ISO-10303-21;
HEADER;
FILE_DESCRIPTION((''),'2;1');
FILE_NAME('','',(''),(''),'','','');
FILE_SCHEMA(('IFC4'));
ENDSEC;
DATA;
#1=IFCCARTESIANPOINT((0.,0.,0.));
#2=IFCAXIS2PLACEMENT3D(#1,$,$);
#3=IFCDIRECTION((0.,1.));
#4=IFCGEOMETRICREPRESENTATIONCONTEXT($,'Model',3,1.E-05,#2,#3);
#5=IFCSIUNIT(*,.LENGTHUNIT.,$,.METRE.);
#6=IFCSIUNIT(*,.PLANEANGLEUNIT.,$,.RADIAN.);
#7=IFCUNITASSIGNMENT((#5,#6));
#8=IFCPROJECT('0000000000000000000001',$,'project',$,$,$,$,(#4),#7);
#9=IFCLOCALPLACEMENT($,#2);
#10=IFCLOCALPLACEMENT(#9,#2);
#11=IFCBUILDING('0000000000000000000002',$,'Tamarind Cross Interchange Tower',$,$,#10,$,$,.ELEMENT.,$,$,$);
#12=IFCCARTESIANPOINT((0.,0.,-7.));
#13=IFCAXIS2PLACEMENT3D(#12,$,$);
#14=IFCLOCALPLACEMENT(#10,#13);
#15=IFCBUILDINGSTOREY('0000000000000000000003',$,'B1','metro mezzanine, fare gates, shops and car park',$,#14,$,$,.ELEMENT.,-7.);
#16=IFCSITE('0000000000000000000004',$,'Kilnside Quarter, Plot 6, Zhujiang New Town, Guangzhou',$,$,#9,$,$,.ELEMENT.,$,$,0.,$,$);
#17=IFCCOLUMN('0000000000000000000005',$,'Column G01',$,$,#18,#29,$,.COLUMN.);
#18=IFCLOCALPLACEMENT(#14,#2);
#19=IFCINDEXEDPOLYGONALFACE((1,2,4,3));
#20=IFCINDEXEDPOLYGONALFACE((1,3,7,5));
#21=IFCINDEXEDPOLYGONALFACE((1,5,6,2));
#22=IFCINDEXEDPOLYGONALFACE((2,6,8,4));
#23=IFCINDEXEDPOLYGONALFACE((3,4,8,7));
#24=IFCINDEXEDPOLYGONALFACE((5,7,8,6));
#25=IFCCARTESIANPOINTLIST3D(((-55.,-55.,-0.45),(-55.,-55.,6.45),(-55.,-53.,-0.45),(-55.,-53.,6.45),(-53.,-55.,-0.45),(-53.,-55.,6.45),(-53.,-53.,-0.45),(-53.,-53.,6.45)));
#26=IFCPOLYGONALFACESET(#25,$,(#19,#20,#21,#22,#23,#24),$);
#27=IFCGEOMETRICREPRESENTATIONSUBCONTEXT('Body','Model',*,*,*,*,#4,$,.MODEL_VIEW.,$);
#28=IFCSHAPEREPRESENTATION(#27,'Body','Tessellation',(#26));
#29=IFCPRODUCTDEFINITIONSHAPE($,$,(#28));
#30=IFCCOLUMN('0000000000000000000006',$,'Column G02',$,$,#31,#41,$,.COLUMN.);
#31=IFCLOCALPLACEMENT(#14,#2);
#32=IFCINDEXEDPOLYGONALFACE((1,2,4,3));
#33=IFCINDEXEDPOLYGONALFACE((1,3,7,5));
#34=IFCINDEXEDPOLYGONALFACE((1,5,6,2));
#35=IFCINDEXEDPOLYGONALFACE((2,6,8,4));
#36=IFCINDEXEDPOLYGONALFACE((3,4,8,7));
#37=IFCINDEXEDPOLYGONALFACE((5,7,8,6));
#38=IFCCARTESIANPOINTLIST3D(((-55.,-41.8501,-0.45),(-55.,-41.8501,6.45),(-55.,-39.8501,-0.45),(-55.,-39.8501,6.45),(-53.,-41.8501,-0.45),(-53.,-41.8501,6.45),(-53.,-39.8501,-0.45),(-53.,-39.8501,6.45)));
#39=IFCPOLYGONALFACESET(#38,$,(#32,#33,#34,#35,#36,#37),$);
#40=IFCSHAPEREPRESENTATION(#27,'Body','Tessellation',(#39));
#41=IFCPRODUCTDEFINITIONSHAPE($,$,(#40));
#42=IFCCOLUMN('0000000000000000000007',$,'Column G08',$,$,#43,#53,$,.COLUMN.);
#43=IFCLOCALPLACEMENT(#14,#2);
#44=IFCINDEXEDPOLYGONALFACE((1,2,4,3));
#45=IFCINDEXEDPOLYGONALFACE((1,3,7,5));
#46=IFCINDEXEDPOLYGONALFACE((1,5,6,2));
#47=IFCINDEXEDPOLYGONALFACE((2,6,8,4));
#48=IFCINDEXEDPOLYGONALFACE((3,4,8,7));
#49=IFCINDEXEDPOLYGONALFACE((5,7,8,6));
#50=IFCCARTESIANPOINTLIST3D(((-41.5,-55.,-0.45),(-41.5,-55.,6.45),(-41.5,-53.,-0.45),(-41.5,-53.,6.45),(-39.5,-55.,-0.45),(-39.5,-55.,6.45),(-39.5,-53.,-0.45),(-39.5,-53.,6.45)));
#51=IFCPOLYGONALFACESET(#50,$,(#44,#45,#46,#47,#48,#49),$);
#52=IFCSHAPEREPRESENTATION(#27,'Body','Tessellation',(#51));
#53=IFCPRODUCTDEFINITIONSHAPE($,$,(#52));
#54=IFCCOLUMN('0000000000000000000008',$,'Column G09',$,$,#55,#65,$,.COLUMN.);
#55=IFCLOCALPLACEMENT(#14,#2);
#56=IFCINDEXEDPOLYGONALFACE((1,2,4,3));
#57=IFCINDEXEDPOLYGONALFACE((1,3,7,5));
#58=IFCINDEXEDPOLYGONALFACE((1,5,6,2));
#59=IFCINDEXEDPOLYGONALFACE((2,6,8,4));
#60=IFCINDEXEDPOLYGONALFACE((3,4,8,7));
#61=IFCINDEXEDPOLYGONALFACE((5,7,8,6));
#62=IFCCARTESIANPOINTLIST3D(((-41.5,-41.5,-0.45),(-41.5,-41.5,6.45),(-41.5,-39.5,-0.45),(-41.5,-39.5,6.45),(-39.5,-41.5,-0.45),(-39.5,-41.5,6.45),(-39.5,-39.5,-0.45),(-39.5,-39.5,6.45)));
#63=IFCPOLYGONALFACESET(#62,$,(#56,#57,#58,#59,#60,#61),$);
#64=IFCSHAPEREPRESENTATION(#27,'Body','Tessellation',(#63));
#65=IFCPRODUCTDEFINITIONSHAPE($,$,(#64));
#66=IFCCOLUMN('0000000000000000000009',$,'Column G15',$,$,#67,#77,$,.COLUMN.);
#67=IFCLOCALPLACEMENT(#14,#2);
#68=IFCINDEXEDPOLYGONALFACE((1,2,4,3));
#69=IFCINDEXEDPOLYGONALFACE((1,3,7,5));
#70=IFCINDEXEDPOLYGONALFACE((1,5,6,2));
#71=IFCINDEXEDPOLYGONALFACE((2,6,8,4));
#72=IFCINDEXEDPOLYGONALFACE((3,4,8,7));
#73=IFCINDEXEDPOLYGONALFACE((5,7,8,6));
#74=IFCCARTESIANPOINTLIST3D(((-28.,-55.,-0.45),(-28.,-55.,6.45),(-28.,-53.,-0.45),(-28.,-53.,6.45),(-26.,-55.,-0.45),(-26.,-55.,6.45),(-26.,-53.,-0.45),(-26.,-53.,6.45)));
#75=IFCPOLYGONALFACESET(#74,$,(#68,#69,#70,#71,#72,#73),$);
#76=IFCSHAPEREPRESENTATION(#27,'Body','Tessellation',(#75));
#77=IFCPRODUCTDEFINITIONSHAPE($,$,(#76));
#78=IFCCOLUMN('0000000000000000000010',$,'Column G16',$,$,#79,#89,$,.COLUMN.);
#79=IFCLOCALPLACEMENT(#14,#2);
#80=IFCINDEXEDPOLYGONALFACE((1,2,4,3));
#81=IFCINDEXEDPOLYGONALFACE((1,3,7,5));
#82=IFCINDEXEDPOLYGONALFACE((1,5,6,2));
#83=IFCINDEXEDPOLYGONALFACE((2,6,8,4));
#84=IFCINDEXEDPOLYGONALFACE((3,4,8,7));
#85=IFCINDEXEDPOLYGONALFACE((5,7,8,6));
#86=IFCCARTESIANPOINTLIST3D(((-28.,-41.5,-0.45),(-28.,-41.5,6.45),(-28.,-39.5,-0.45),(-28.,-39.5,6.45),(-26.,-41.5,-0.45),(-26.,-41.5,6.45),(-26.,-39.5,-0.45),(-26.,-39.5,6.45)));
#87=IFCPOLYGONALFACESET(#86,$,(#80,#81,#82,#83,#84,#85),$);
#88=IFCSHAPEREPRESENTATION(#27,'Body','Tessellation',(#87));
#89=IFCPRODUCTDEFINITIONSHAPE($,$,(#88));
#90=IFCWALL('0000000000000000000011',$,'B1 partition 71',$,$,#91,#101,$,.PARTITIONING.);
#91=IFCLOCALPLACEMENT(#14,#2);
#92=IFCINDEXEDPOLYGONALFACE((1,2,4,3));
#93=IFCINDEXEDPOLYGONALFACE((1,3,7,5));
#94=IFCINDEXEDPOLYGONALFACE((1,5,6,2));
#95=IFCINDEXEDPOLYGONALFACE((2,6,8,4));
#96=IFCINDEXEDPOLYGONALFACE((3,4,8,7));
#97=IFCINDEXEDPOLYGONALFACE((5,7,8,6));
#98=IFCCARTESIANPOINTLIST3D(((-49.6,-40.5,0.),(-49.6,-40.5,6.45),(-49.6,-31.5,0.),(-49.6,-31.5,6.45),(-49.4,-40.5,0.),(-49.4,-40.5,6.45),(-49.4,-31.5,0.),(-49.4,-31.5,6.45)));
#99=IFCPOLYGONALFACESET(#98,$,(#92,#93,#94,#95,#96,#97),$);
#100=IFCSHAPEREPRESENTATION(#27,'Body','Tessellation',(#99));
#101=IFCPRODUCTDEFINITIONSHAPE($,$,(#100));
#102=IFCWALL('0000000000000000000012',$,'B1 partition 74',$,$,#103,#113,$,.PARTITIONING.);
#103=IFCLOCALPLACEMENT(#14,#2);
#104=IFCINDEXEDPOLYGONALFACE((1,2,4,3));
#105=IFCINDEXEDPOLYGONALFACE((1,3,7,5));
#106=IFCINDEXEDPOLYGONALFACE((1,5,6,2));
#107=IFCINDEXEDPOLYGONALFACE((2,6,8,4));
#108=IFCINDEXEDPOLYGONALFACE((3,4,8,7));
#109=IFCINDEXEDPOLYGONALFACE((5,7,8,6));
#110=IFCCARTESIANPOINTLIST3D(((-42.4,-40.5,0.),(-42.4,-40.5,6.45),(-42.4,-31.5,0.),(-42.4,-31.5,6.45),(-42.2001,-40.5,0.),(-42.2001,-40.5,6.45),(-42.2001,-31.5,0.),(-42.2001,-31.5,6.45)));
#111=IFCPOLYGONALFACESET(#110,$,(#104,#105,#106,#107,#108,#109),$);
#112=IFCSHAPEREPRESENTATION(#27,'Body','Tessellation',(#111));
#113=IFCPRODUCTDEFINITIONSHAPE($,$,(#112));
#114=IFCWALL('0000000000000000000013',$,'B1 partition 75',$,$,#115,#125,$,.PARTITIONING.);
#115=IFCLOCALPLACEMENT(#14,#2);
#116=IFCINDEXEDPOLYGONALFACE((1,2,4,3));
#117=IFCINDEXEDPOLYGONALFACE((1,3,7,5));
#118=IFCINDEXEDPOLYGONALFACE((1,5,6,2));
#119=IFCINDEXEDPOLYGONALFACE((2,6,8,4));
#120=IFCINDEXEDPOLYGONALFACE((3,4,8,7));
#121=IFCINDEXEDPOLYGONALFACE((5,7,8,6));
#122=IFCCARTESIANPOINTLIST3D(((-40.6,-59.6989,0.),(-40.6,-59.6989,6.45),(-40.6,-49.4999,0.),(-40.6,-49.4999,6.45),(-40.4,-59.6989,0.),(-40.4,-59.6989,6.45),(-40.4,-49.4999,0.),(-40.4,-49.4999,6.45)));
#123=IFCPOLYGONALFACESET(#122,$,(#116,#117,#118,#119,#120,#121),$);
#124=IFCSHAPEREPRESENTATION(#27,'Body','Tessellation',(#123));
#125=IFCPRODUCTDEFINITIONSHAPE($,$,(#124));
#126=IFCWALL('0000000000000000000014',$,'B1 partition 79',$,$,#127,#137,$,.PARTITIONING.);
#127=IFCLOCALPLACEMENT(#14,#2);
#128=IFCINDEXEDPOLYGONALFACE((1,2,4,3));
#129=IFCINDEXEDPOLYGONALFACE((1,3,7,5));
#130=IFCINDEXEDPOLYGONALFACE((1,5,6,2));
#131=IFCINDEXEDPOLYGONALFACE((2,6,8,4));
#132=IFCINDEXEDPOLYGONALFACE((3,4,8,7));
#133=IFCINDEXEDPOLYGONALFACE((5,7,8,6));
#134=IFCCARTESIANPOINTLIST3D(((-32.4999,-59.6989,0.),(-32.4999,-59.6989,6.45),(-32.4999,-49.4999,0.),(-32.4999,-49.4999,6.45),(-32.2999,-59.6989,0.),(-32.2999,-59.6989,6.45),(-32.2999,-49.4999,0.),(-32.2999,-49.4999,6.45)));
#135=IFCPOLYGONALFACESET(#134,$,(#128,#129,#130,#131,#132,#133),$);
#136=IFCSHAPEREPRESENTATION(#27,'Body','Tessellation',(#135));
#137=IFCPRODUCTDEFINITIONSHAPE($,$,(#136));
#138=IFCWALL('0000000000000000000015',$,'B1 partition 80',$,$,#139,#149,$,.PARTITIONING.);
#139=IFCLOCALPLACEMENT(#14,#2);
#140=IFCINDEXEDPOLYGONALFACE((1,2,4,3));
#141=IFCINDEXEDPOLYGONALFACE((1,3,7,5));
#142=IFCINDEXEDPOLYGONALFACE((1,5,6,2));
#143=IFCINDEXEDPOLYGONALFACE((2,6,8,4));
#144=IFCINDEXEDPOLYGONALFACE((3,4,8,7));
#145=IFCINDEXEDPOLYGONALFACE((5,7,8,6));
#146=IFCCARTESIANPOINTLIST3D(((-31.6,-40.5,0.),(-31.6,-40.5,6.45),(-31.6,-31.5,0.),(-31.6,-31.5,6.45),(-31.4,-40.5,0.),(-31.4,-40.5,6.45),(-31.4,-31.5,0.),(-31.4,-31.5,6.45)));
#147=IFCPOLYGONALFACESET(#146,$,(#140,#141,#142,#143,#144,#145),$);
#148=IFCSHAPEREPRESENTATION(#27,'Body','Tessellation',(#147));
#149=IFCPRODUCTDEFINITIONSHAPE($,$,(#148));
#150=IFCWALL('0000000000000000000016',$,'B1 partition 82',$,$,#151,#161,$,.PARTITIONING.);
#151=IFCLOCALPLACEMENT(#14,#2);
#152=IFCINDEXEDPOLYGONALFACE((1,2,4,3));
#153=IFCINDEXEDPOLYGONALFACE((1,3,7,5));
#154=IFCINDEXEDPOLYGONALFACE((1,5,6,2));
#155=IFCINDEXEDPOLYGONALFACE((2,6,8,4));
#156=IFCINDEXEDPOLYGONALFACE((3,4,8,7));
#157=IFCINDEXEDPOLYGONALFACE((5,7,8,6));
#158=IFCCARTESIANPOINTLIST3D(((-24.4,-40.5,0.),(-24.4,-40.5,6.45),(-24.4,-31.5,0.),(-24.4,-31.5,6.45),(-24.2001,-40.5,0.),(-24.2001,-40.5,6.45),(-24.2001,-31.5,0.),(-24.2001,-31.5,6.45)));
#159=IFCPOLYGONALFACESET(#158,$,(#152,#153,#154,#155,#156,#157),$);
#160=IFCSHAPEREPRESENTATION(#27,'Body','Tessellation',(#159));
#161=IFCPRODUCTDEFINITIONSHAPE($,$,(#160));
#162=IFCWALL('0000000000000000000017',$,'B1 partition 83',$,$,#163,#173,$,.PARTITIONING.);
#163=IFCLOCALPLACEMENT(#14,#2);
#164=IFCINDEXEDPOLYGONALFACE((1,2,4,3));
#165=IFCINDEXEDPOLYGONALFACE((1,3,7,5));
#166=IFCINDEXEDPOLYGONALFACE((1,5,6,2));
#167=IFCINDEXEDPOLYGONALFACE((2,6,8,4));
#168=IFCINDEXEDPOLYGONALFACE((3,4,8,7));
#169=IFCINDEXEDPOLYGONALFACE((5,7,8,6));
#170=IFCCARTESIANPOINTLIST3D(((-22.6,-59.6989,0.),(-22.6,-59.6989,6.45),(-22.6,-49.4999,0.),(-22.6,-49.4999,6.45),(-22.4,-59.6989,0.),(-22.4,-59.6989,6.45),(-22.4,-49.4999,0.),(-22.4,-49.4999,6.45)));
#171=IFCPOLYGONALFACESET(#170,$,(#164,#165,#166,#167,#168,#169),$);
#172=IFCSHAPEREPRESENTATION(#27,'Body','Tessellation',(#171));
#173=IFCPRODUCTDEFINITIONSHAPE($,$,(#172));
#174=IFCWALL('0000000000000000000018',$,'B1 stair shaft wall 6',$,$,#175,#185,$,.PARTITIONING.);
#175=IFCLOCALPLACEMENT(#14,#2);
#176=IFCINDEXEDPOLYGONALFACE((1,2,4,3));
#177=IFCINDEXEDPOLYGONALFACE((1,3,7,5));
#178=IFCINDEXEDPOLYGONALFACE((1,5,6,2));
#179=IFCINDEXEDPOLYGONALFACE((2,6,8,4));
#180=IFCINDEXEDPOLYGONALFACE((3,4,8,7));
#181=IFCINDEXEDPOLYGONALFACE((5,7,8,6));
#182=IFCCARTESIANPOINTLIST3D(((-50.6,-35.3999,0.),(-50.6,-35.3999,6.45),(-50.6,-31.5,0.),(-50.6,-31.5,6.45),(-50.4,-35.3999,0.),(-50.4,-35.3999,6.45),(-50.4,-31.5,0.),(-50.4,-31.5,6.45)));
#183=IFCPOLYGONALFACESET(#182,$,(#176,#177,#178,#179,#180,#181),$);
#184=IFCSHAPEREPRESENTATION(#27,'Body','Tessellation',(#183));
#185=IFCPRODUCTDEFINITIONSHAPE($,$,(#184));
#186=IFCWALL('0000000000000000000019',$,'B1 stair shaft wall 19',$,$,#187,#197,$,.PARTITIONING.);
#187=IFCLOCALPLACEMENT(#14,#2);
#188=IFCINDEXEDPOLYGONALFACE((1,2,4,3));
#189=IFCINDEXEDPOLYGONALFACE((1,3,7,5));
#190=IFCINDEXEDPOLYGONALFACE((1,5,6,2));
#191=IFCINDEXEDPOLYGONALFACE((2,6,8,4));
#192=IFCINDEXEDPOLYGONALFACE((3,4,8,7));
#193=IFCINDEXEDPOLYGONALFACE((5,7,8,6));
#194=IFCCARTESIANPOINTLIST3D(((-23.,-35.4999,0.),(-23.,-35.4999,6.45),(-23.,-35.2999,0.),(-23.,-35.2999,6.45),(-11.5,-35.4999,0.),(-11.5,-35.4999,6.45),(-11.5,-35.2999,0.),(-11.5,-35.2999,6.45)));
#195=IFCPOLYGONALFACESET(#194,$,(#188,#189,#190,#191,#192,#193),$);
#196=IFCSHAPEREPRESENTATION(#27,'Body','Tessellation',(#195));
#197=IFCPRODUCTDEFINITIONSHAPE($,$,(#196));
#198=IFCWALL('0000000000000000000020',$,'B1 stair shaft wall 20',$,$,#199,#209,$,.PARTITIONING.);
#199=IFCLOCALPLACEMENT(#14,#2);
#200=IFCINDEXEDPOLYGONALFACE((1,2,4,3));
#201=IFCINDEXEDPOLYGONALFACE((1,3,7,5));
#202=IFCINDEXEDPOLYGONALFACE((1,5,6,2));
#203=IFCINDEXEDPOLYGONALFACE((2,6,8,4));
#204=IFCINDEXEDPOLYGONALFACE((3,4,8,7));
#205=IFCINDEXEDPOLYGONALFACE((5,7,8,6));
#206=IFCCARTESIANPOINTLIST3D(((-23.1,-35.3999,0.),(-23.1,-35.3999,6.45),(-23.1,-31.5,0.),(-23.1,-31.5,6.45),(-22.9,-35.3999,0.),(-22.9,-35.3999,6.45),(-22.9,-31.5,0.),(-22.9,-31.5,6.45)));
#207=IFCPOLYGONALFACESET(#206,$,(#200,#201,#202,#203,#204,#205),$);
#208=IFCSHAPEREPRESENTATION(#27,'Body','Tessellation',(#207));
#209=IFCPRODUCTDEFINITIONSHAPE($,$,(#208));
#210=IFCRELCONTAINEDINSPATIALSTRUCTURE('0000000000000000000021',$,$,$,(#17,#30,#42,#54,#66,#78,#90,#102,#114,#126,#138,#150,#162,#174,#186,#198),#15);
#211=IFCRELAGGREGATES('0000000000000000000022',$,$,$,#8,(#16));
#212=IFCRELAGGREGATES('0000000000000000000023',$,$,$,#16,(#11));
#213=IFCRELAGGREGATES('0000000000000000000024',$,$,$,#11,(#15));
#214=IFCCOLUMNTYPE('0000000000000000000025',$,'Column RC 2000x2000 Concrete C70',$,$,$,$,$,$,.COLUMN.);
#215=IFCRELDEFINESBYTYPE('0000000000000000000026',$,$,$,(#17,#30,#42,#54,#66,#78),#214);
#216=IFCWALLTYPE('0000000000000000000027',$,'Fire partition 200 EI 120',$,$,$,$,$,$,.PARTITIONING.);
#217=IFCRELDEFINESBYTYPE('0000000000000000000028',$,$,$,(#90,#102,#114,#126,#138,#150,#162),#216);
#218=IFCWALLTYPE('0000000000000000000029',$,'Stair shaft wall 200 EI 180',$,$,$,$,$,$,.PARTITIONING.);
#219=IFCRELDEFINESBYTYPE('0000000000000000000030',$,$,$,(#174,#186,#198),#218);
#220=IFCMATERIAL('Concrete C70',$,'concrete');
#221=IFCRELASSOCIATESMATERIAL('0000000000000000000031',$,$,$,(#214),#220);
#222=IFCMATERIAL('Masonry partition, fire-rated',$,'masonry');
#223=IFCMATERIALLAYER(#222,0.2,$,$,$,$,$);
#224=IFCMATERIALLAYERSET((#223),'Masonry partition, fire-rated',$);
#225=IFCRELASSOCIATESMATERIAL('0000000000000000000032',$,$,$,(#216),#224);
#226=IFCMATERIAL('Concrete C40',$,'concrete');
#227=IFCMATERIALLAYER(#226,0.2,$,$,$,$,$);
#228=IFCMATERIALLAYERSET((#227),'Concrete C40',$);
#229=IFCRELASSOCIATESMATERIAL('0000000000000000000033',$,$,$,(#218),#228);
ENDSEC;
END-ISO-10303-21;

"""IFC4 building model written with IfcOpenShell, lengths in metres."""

from ifc_helpers import new_model, si_unit, direction, frame, frame_2d, origin, origin_2d, place, context, subcontext, project, spatial, rectangle, extrude, material, layer, layer_set, material_profile, profile_set, type_object, element, save


model = new_model("IFC4")

# Units and contexts
model_context = context("Model", 3, precision=1e-05, world=origin(), true_north=direction((0.0, 1.0)))
body_context = subcontext(model_context, "Body", "Model", "MODEL_VIEW")
ifc_project = project(units=[si_unit("LENGTHUNIT", "METRE"), si_unit("PLANEANGLEUNIT", "RADIAN")], contexts=[model_context])

# Site, building, storey
site_placement = place(None, origin())
site = spatial("IfcSite", under=ifc_project, at=site_placement, Name="Kilnside Quarter, Plot 6, Zhujiang New Town, Guangzhou", CompositionType="ELEMENT", RefElevation=0.0)
building_placement = place(site_placement, origin())
building = spatial("IfcBuilding", under=site, at=building_placement, Name="Tamarind Cross Interchange Tower", CompositionType="ELEMENT")
storey_placement = place(building_placement, frame((0.0, 0.0, -7.0)))
storey = spatial("IfcBuildingStorey", under=building, at=storey_placement, Name="B1", Description="metro mezzanine, fare gates, shops and car park", CompositionType="ELEMENT", Elevation=-7.0)

# Columns
ifc_material_1 = material(Name="Concrete C70", Category="concrete")
ifc_material_profile = material_profile(ifc_material_1, rectangle(XDim=2.0, YDim=2.0, at=origin_2d()), Name="RC 2000x2000")
ifc_profile_set = profile_set([ifc_material_profile], Name="Concrete C70")
column_type = type_object("IfcColumnType", Name="Column RC 2000x2000 Concrete C70", PredefinedType="COLUMN", material=ifc_profile_set)
for number, where, z_axis, x_axis, name in (
    (1, (-54.0, -54.0, -0.45), (0.0, 0.0, 1.0), (1.0, 0.0, 0.0), "Column G01"),
    (2, (-54.0, -40.8501, -0.45), (0.0, 0.0, 1.0), (1.0, 0.0, 0.0), "Column G02"),
    (3, (-40.5, -54.0, -0.45), (0.0, 0.0, 1.0), (1.0, 0.0, 0.0), "Column G08"),
    (4, (-40.5, -40.5, -0.45), (0.0, 0.0, 1.0), (1.0, 0.0, 0.0), "Column G09"),
    (5, (-27.0, -54.0, -0.45), (0.0, 0.0, 1.0), (1.0, 0.0, 0.0), "Column G15"),
    (6, (-27.0, -40.5, -0.45), (0.0, 0.0, 1.0), (1.0, 0.0, 0.0), "Column G16"),
):
    element("IfcColumn", number, at=place(storey_placement, frame(where, z_axis=z_axis, x_axis=x_axis)), inside=storey, type_object=column_type, Name=name, PredefinedType="COLUMN", context=body_context, shape_type="SweptSolid", body=[
        extrude(rectangle(XDim=2.0, YDim=2.0, at=origin_2d()), origin(), (0.0, 0.0, 1.0), 6.8999),
    ])

# Walls
ifc_material_2 = material(Name="Masonry partition, fire-rated", Category="masonry")
ifc_layer_1 = layer(ifc_material_2, 0.2)
ifc_layer_set_1 = layer_set([ifc_layer_1], Name="Masonry partition, fire-rated")
wall_type_1 = type_object("IfcWallType", Name="Fire partition 200 EI 120", PredefinedType="PARTITIONING", material=ifc_layer_set_1)
for number, where, z_axis, x_axis, name in (
    (7, (-49.5, -40.5, 0.0), (0.0, 0.0, 1.0), (0.0, 1.0, 0.0), "B1 partition 71"),
    (8, (-42.3, -40.5, 0.0), (0.0, 0.0, 1.0), (0.0, 1.0, 0.0), "B1 partition 74"),
):
    element("IfcWall", number, at=place(storey_placement, frame(where, z_axis=z_axis, x_axis=x_axis)), inside=storey, type_object=wall_type_1, Name=name, PredefinedType="PARTITIONING", context=body_context, shape_type="SweptSolid", body=[
        extrude(rectangle(XDim=9.0, YDim=0.2, at=frame_2d((4.5, 0.0))), origin(), (0.0, 0.0, 1.0), 6.45),
    ])
for number, where, z_axis, x_axis, name in (
    (9, (-40.5, -59.699, 0.0), (0.0, 0.0, 1.0), (0.0, 1.0, 0.0), "B1 partition 75"),
    (10, (-32.3999, -59.699, 0.0), (0.0, 0.0, 1.0), (0.0, 1.0, 0.0), "B1 partition 79"),
):
    element("IfcWall", number, at=place(storey_placement, frame(where, z_axis=z_axis, x_axis=x_axis)), inside=storey, type_object=wall_type_1, Name=name, PredefinedType="PARTITIONING", context=body_context, shape_type="SweptSolid", body=[
        extrude(rectangle(XDim=10.199, YDim=0.2, at=frame_2d((5.0996, 0.0))), origin(), (0.0, 0.0, 1.0), 6.45),
    ])
for number, where, z_axis, x_axis, name in (
    (11, (-31.5, -40.5, 0.0), (0.0, 0.0, 1.0), (0.0, 1.0, 0.0), "B1 partition 80"),
    (12, (-24.3, -40.5, 0.0), (0.0, 0.0, 1.0), (0.0, 1.0, 0.0), "B1 partition 82"),
):
    element("IfcWall", number, at=place(storey_placement, frame(where, z_axis=z_axis, x_axis=x_axis)), inside=storey, type_object=wall_type_1, Name=name, PredefinedType="PARTITIONING", context=body_context, shape_type="SweptSolid", body=[
        extrude(rectangle(XDim=9.0, YDim=0.2, at=frame_2d((4.5, 0.0))), origin(), (0.0, 0.0, 1.0), 6.45),
    ])
wall_1_placement = place(storey_placement, frame((-22.5, -59.699, 0.0), z_axis=(0.0, 0.0, 1.0), x_axis=(0.0, 1.0, 0.0)))
element("IfcWall", 13, at=wall_1_placement, inside=storey, type_object=wall_type_1, Name="B1 partition 83", PredefinedType="PARTITIONING", context=body_context, shape_type="SweptSolid", body=[
    extrude(rectangle(XDim=10.199, YDim=0.2, at=frame_2d((5.0996, 0.0))), origin(), (0.0, 0.0, 1.0), 6.45),
])
ifc_material_3 = material(Name="Concrete C40", Category="concrete")
ifc_layer_2 = layer(ifc_material_3, 0.2)
ifc_layer_set_2 = layer_set([ifc_layer_2], Name="Concrete C40")
wall_type_2 = type_object("IfcWallType", Name="Stair shaft wall 200 EI 180", PredefinedType="PARTITIONING", material=ifc_layer_set_2)
wall_2_placement = place(storey_placement, frame((-50.5, -35.3999, 0.0), z_axis=(0.0, 0.0, 1.0), x_axis=(0.0, 1.0, 0.0)))
element("IfcWall", 14, at=wall_2_placement, inside=storey, type_object=wall_type_2, Name="B1 stair shaft wall 6", PredefinedType="PARTITIONING", context=body_context, shape_type="SweptSolid", body=[
    extrude(rectangle(XDim=3.8999, YDim=0.2, at=frame_2d((1.95, 0.0))), origin(), (0.0, 0.0, 1.0), 6.45),
])
wall_3_placement = place(storey_placement, frame((-23.0, -35.3999, 0.0), z_axis=(0.0, 0.0, 1.0), x_axis=(1.0, 0.0, 0.0)))
element("IfcWall", 15, at=wall_3_placement, inside=storey, type_object=wall_type_2, Name="B1 stair shaft wall 19", PredefinedType="PARTITIONING", context=body_context, shape_type="SweptSolid", body=[
    extrude(rectangle(XDim=11.5, YDim=0.2, at=frame_2d((5.75, 0.0))), origin(), (0.0, 0.0, 1.0), 6.45),
])
wall_4_placement = place(storey_placement, frame((-23.0, -35.3999, 0.0), z_axis=(0.0, 0.0, 1.0), x_axis=(0.0, 1.0, 0.0)))
element("IfcWall", 16, at=wall_4_placement, inside=storey, type_object=wall_type_2, Name="B1 stair shaft wall 20", PredefinedType="PARTITIONING", context=body_context, shape_type="SweptSolid", body=[
    extrude(rectangle(XDim=3.8999, YDim=0.2, at=frame_2d((1.95, 0.0))), origin(), (0.0, 0.0, 1.0), 6.45),
])

save(model, "model.ifc")
